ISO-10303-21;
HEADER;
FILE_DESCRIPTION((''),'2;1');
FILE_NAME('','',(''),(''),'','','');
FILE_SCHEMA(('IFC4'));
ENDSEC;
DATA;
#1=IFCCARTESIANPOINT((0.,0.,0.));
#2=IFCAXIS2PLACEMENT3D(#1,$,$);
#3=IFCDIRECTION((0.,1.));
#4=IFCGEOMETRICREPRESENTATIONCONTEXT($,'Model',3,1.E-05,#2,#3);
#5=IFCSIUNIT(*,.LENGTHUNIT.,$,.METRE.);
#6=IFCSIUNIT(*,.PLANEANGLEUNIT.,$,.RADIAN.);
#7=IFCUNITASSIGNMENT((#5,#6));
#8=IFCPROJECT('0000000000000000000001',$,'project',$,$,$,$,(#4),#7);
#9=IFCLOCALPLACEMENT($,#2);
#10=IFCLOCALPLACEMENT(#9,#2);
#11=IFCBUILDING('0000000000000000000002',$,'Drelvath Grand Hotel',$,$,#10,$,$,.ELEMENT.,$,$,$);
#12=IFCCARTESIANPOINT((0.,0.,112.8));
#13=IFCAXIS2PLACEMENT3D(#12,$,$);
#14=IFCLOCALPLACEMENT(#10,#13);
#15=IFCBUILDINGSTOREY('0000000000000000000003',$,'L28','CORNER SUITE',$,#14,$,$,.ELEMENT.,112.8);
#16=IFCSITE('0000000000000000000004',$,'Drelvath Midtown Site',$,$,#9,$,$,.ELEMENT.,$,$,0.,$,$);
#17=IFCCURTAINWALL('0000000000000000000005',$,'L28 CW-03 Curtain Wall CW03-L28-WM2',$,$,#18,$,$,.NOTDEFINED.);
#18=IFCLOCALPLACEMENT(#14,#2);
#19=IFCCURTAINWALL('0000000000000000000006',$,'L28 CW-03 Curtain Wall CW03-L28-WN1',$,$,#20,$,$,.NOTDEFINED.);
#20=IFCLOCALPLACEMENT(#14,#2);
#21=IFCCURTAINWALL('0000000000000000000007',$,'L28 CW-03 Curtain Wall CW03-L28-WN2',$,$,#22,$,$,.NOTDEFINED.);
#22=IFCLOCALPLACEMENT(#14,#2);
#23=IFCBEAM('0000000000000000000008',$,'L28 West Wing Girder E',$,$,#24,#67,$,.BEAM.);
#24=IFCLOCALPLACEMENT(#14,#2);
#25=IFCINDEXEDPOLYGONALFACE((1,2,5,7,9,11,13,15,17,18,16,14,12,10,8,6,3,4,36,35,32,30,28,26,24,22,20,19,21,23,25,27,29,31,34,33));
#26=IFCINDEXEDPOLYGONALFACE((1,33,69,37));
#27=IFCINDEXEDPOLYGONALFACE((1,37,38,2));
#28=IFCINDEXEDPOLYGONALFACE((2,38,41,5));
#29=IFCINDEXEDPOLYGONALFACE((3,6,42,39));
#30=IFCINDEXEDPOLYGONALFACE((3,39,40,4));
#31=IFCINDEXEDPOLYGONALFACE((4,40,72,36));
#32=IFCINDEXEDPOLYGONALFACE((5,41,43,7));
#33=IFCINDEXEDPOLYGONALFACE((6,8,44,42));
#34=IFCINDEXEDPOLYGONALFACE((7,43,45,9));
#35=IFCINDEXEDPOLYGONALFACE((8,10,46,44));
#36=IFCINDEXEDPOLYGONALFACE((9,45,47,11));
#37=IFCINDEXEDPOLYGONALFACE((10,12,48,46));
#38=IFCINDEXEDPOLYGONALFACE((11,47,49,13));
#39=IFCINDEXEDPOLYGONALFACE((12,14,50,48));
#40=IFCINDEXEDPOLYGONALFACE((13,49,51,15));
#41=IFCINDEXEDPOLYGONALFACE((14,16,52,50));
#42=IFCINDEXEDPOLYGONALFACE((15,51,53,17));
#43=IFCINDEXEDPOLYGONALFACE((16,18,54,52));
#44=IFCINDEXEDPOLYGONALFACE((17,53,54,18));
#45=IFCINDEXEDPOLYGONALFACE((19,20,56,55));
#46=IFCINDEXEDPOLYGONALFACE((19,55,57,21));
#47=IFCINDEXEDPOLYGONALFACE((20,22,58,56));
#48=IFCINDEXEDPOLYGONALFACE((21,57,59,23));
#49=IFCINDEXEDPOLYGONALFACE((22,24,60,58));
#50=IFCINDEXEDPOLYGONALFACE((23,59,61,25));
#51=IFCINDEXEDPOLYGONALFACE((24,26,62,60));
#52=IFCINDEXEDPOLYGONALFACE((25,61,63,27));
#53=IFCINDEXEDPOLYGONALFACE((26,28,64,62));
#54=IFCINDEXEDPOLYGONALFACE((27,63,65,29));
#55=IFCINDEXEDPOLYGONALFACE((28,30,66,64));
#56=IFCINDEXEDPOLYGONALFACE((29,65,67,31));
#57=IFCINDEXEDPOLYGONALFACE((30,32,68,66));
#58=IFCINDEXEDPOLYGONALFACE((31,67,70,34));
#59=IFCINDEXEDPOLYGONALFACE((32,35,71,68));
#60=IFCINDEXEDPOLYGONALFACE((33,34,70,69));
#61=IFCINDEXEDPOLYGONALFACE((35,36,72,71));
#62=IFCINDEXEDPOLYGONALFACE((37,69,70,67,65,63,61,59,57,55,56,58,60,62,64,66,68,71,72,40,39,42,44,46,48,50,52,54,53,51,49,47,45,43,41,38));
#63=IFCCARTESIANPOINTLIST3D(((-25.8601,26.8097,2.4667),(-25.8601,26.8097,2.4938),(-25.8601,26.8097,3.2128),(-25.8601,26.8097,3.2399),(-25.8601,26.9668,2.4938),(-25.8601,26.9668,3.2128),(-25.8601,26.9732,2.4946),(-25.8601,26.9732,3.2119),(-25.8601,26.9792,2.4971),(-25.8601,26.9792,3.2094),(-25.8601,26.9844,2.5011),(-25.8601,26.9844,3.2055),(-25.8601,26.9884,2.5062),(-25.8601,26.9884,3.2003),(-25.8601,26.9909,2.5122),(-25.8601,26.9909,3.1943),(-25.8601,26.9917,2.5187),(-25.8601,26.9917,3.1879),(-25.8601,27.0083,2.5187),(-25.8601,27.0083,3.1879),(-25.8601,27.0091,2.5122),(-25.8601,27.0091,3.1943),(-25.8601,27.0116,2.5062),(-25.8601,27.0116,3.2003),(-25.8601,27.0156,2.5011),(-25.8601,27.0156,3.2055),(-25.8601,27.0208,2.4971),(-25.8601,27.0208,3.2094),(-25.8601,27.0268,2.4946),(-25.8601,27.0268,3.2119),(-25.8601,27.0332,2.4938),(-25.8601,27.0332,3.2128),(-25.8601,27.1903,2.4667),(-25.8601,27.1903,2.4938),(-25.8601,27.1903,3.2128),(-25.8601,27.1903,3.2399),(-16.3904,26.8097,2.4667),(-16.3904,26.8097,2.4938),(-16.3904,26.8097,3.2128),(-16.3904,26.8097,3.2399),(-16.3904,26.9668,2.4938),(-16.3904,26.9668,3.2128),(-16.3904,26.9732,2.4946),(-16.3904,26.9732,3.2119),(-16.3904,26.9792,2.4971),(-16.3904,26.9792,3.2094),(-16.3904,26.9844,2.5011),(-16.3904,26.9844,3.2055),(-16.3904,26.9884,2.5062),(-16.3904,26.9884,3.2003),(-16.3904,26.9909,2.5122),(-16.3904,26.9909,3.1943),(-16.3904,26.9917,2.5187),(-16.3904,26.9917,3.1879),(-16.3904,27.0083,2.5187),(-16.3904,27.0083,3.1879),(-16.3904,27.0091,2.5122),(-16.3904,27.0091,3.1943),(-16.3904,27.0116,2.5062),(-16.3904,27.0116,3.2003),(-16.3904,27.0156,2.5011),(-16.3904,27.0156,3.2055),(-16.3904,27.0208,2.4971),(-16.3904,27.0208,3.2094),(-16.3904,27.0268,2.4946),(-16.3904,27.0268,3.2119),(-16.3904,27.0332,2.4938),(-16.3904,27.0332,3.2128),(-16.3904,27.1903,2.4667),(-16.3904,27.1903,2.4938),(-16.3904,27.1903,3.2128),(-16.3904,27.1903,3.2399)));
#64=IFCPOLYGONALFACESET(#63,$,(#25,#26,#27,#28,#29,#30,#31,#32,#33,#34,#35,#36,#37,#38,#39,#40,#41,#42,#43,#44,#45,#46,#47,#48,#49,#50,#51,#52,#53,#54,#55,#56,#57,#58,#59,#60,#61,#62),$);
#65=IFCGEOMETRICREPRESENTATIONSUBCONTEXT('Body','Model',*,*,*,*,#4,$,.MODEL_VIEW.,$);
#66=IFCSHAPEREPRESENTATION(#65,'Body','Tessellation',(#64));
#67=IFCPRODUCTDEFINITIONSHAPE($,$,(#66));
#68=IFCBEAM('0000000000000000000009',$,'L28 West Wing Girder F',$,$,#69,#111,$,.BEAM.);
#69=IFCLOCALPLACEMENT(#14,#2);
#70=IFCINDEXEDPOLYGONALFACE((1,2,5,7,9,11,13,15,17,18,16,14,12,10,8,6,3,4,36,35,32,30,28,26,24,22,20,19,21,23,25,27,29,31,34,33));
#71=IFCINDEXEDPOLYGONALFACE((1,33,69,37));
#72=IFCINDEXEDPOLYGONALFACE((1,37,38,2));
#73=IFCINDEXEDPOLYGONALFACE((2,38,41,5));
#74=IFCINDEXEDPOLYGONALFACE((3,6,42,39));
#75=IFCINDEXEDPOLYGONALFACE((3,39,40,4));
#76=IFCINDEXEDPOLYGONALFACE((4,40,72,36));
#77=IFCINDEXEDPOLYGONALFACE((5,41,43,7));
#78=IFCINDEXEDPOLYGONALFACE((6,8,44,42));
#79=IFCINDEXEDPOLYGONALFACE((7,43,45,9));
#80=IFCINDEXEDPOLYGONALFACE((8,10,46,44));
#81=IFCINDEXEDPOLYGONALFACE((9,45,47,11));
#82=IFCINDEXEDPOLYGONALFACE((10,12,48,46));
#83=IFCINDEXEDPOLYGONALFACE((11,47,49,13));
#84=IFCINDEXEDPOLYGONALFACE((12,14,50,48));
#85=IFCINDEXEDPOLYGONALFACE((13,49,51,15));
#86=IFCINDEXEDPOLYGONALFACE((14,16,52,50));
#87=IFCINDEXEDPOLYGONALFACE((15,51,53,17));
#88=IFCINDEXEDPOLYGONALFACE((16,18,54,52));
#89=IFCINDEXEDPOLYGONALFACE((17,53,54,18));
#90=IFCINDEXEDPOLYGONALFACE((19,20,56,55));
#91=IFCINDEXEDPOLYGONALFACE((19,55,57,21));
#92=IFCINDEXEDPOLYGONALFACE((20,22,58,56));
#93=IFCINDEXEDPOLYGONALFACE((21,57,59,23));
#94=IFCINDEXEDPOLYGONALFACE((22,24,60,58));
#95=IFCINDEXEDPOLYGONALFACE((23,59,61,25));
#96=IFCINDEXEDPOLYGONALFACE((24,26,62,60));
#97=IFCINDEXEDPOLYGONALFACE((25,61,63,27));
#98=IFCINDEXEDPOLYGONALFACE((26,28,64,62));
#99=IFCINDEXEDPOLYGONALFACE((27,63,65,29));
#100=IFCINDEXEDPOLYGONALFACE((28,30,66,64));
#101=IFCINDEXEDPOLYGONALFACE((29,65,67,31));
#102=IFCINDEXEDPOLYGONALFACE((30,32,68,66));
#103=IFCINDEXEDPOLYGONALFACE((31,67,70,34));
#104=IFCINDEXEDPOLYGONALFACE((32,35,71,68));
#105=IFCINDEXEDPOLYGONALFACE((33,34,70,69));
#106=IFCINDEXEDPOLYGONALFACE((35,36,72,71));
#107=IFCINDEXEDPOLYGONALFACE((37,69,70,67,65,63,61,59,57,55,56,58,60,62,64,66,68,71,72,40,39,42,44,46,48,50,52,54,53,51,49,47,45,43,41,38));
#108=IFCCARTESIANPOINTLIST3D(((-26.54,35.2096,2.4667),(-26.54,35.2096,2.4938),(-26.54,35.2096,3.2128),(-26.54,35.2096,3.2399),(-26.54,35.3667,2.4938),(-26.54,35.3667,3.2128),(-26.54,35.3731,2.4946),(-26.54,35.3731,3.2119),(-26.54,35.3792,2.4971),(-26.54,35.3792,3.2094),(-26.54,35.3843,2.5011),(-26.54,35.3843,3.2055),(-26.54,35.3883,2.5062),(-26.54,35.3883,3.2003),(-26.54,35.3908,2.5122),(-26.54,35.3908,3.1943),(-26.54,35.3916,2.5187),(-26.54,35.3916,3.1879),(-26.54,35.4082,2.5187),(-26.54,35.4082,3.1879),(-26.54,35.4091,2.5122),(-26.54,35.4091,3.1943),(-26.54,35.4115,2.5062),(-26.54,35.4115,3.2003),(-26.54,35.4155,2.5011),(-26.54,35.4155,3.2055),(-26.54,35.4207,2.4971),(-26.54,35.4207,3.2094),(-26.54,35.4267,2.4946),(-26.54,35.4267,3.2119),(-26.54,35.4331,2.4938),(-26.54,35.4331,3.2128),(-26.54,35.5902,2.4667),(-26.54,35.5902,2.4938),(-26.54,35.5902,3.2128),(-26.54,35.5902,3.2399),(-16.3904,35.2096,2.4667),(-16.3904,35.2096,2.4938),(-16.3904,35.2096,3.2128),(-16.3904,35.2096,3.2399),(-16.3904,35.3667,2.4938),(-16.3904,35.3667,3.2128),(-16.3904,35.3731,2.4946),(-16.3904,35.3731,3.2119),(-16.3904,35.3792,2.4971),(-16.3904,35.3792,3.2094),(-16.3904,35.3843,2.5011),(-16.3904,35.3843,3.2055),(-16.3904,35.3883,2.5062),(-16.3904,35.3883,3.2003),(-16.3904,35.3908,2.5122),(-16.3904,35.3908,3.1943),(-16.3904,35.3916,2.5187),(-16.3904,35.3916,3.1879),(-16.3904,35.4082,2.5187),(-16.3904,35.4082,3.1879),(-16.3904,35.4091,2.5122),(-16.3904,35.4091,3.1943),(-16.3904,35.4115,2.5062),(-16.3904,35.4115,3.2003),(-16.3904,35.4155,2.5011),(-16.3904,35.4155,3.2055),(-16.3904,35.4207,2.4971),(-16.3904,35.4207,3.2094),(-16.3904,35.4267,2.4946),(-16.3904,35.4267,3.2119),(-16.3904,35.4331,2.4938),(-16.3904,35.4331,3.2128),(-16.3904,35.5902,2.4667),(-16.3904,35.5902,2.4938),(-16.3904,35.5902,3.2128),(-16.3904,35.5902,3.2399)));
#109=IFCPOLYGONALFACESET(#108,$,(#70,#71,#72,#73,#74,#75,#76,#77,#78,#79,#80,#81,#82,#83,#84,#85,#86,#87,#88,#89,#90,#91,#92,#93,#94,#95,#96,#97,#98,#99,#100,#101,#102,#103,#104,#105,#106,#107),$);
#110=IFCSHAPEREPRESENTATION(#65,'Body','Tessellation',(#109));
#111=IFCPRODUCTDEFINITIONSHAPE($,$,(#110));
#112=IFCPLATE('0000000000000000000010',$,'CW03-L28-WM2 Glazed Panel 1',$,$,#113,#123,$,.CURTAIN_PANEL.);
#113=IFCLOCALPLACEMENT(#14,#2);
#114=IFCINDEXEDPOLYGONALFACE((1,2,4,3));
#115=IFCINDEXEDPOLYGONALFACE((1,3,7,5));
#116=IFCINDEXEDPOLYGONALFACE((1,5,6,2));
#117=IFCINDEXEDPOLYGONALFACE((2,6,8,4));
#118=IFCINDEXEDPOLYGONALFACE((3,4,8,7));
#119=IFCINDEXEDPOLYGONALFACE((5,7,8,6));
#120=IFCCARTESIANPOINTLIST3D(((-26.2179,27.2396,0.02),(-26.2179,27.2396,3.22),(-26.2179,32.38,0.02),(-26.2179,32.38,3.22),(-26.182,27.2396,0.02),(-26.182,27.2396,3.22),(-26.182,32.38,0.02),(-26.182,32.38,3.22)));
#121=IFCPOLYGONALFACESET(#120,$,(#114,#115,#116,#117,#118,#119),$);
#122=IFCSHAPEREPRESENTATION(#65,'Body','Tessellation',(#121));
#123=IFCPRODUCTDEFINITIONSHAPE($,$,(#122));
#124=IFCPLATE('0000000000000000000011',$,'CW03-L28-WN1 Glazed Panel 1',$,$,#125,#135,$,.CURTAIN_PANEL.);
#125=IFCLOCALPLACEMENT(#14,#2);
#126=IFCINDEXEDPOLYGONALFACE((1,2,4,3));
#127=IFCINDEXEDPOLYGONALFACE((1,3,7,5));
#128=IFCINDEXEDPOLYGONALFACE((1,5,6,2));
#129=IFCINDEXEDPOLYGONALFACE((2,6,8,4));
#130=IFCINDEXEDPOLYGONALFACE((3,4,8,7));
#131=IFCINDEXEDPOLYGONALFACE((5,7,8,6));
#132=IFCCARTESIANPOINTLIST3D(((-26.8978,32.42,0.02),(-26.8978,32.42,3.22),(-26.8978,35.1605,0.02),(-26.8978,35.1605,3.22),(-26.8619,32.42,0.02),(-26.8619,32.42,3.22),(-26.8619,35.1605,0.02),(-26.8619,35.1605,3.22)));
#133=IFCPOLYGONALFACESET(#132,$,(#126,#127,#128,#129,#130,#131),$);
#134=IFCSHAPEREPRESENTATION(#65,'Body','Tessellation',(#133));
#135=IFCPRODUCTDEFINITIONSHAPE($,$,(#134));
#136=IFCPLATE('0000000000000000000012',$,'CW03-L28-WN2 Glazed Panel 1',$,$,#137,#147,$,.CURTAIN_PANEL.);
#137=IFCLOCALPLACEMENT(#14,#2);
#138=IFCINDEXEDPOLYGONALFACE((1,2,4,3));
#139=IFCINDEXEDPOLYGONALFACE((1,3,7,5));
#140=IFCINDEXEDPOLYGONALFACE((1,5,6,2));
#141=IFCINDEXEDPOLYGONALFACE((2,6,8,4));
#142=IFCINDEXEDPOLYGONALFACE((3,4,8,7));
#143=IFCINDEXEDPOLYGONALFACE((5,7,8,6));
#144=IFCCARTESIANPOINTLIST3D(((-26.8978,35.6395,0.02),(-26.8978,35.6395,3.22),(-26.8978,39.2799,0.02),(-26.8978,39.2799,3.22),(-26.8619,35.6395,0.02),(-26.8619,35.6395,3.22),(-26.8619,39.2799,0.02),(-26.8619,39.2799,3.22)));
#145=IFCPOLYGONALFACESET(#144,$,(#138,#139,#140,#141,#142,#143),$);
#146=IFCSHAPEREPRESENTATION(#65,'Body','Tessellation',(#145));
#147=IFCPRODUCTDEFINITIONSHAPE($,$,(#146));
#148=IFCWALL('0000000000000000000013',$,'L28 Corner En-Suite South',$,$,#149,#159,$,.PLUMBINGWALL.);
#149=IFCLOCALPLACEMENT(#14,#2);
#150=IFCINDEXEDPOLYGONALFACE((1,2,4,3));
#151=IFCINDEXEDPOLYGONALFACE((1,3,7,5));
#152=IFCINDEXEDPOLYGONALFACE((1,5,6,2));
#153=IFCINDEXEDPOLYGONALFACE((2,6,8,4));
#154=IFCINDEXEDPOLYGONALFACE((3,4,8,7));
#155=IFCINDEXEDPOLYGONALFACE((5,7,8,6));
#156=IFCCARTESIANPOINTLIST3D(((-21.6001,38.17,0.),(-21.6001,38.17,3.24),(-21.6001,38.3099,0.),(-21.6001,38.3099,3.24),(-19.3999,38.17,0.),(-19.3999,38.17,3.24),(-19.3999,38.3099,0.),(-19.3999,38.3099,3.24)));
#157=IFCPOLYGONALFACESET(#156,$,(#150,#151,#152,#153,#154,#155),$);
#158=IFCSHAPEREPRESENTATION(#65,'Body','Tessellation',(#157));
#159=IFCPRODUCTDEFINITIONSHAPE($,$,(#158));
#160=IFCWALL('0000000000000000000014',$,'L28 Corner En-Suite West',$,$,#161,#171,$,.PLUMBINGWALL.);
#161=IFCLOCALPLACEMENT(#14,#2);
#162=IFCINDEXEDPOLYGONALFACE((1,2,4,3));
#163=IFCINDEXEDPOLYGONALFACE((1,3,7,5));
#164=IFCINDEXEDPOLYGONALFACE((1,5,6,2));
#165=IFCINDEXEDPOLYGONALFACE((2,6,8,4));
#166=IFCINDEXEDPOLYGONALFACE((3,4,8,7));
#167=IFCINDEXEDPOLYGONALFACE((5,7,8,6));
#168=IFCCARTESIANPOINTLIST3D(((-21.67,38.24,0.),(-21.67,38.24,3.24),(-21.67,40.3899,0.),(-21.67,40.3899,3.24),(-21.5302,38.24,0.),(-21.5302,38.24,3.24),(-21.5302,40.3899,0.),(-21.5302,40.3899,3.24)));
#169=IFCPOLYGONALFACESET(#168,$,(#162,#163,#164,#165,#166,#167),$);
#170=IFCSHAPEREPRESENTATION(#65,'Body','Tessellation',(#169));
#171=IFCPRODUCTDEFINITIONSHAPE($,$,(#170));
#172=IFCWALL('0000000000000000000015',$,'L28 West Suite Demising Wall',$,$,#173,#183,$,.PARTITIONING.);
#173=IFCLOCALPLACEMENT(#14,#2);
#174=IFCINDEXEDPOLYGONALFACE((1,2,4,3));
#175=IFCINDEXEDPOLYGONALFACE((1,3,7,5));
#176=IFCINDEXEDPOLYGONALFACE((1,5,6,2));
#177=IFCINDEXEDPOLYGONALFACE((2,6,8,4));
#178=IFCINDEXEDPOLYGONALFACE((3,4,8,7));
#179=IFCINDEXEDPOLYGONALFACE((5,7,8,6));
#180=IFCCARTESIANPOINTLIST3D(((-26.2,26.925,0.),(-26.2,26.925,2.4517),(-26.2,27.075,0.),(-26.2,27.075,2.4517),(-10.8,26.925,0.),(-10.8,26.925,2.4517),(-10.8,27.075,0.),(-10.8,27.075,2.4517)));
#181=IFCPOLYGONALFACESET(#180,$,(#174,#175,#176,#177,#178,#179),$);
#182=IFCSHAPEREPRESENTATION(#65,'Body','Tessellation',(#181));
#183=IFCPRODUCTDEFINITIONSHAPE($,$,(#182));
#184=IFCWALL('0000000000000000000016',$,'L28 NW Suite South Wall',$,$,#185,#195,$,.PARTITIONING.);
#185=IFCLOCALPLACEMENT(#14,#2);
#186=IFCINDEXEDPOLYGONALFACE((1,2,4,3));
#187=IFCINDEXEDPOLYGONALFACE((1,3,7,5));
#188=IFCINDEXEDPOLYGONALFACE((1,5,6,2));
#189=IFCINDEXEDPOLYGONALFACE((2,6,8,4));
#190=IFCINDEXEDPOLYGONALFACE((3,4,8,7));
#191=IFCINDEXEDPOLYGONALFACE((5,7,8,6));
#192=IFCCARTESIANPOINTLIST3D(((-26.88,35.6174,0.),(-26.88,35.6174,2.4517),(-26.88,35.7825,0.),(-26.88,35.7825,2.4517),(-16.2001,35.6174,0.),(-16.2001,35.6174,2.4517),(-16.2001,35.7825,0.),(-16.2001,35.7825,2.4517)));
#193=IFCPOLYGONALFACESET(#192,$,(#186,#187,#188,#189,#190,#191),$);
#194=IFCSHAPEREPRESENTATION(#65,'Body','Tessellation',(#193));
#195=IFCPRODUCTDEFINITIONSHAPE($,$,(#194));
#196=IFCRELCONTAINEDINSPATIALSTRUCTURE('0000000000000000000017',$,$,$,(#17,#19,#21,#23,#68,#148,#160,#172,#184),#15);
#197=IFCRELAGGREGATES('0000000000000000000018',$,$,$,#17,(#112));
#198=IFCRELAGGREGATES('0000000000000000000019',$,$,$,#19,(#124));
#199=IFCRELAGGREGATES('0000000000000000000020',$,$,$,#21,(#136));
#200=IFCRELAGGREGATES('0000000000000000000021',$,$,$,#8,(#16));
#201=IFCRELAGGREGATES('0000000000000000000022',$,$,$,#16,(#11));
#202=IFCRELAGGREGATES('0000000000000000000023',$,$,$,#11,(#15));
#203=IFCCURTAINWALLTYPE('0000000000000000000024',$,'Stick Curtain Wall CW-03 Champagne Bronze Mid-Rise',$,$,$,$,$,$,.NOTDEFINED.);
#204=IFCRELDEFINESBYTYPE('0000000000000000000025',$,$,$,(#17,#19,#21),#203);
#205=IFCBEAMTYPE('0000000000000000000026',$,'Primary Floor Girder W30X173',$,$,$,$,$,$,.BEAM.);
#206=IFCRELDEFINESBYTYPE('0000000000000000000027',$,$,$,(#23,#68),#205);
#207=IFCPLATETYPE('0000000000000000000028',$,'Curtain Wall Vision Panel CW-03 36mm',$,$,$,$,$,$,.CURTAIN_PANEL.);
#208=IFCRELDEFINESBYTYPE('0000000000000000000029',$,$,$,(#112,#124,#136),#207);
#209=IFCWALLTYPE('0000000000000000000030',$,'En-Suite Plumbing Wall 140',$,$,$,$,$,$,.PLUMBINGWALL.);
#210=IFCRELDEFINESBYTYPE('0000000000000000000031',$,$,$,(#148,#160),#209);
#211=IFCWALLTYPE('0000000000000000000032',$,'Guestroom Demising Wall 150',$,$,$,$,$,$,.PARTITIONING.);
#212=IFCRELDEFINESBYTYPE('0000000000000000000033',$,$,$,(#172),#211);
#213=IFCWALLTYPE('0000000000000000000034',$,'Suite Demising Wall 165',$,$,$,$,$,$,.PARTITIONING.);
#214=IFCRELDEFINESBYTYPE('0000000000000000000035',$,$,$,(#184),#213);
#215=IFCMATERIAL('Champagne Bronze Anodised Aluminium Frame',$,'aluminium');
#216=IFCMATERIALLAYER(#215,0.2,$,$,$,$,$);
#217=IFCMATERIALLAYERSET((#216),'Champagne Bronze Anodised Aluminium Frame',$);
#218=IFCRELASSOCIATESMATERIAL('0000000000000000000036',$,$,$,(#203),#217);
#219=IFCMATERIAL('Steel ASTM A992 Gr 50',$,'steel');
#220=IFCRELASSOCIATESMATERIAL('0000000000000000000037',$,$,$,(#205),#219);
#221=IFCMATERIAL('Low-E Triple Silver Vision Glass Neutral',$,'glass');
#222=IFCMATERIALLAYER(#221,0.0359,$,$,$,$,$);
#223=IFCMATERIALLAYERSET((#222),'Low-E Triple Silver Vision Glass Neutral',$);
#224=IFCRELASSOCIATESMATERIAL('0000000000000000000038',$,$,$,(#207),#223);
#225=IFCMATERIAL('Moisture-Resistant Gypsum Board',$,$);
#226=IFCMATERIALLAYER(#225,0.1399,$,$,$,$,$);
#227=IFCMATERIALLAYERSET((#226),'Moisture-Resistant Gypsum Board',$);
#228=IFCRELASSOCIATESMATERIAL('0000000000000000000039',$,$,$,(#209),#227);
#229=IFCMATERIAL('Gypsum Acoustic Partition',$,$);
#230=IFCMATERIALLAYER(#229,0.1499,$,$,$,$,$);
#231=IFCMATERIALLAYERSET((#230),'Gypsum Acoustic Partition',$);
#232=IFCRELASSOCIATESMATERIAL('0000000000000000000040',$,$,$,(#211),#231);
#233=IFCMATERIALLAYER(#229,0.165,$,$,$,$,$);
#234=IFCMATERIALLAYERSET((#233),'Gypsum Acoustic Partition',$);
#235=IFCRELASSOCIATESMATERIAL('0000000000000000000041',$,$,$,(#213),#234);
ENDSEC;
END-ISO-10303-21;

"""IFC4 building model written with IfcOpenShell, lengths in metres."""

from ifc_helpers import new_model, si_unit, direction, frame, frame_2d, origin, origin_2d, place, context, subcontext, project, spatial, rectangle, i_section, extrude, material, layer, layer_set, material_profile, profile_set, type_object, element, aggregate, save


model = new_model("IFC4")

# Units and contexts
model_context = context("Model", 3, precision=1e-05, world=origin(), true_north=direction((0.0, 1.0)))
body_context = subcontext(model_context, "Body", "Model", "MODEL_VIEW")
ifc_project = project(units=[si_unit("LENGTHUNIT", "METRE"), si_unit("PLANEANGLEUNIT", "RADIAN")], contexts=[model_context])

# Site, building, storey
site_placement = place(None, origin())
site = spatial("IfcSite", under=ifc_project, at=site_placement, Name="Drelvath Midtown Site", CompositionType="ELEMENT", RefElevation=0.0)
building_placement = place(site_placement, origin())
building = spatial("IfcBuilding", under=site, at=building_placement, Name="Drelvath Grand Hotel", CompositionType="ELEMENT")
storey_placement = place(building_placement, frame((0.0, 0.0, 112.8)))
storey = spatial("IfcBuildingStorey", under=building, at=storey_placement, Name="L28", Description="CORNER SUITE", CompositionType="ELEMENT", Elevation=112.8)

# Curtain walls
ifc_material_1 = material(Name="Champagne Bronze Anodised Aluminium Frame", Category="aluminium")
ifc_layer_1 = layer(ifc_material_1, 0.2)
ifc_layer_set_1 = layer_set([ifc_layer_1], Name="Champagne Bronze Anodised Aluminium Frame")
curtain_wall_type = type_object("IfcCurtainWallType", Name="Stick Curtain Wall CW-03 Champagne Bronze Mid-Rise", PredefinedType="NOTDEFINED", material=ifc_layer_set_1)
curtain_wall_1_placement = place(storey_placement, origin())
curtain_wall_1 = element("IfcCurtainWall", 1, at=curtain_wall_1_placement, inside=storey, type_object=curtain_wall_type, Name="L28 CW-03 Curtain Wall CW03-L28-WM2", PredefinedType="NOTDEFINED")
curtain_wall_2_placement = place(storey_placement, origin())
curtain_wall_2 = element("IfcCurtainWall", 2, at=curtain_wall_2_placement, inside=storey, type_object=curtain_wall_type, Name="L28 CW-03 Curtain Wall CW03-L28-WN1", PredefinedType="NOTDEFINED")
curtain_wall_3_placement = place(storey_placement, origin())
curtain_wall_3 = element("IfcCurtainWall", 3, at=curtain_wall_3_placement, inside=storey, type_object=curtain_wall_type, Name="L28 CW-03 Curtain Wall CW03-L28-WN2", PredefinedType="NOTDEFINED")

# Beams
ifc_material_2 = material(Name="Steel ASTM A992 Gr 50", Category="steel")
ifc_material_profile_1 = material_profile(ifc_material_2, i_section(OverallWidth=0.3806, OverallDepth=0.7732, WebThickness=0.0166, FlangeThickness=0.0271, FilletRadius=0.0249, at=origin_2d()), Name="W30X173")
ifc_profile_set_1 = profile_set([ifc_material_profile_1], Name="Steel ASTM A992 Gr 50")
beam_type_1 = type_object("IfcBeamType", Name="Primary Floor Girder W30X173", PredefinedType="BEAM", material=ifc_profile_set_1)
beam_1_placement = place(storey_placement, frame((-25.8601, 27.0, 2.8533), z_axis=(1.0, 0.0, 0.0), x_axis=(0.0, 1.0, 0.0)))
element("IfcBeam", 4, at=beam_1_placement, inside=storey, type_object=beam_type_1, Name="L28 West Wing Girder E", PredefinedType="BEAM", context=body_context, shape_type="SweptSolid", body=[
    extrude(i_section(OverallWidth=0.3806, OverallDepth=0.7732, WebThickness=0.0166, FlangeThickness=0.0271, FilletRadius=0.0249, at=origin_2d()), origin(), (0.0, 0.0, 1.0), 9.4697),
])
beam_2_placement = place(storey_placement, frame((-26.54, 35.3999, 2.8533), z_axis=(1.0, 0.0, 0.0), x_axis=(0.0, 1.0, 0.0)))
element("IfcBeam", 5, at=beam_2_placement, inside=storey, type_object=beam_type_1, Name="L28 West Wing Girder F", PredefinedType="BEAM", context=body_context, shape_type="SweptSolid", body=[
    extrude(i_section(OverallWidth=0.3806, OverallDepth=0.7732, WebThickness=0.0166, FlangeThickness=0.0271, FilletRadius=0.0249, at=origin_2d()), origin(), (0.0, 0.0, 1.0), 10.1497),
])

# Plates
ifc_material_3 = material(Name="Low-E Triple Silver Vision Glass Neutral", Category="glass")
ifc_layer_2 = layer(ifc_material_3, 0.0359)
ifc_layer_set_2 = layer_set([ifc_layer_2], Name="Low-E Triple Silver Vision Glass Neutral")
plate_type = type_object("IfcPlateType", Name="Curtain Wall Vision Panel CW-03 36mm", PredefinedType="CURTAIN_PANEL", material=ifc_layer_set_2)
plate_1_placement = place(storey_placement, frame((-26.2, 29.8098, 0.02), z_axis=(0.0, 0.0, 1.0), x_axis=(0.0, 1.0, 0.0)))
plate_1 = element("IfcPlate", 6, at=plate_1_placement, type_object=plate_type, Name="CW03-L28-WM2 Glazed Panel 1", PredefinedType="CURTAIN_PANEL", context=body_context, shape_type="SweptSolid", body=[
    extrude(rectangle(XDim=5.1404, YDim=0.0359, at=origin_2d()), origin(), (0.0, 0.0, 1.0), 3.2),
])
aggregate(curtain_wall_1, [plate_1])
plate_2_placement = place(storey_placement, frame((-26.8799, 33.7903, 0.02), z_axis=(0.0, 0.0, 1.0), x_axis=(0.0, 1.0, 0.0)))
plate_2 = element("IfcPlate", 7, at=plate_2_placement, type_object=plate_type, Name="CW03-L28-WN1 Glazed Panel 1", PredefinedType="CURTAIN_PANEL", context=body_context, shape_type="SweptSolid", body=[
    extrude(rectangle(XDim=2.7405, YDim=0.0359, at=origin_2d()), origin(), (0.0, 0.0, 1.0), 3.2),
])
aggregate(curtain_wall_2, [plate_2])
plate_3_placement = place(storey_placement, frame((-26.8799, 37.4597, 0.02), z_axis=(0.0, 0.0, 1.0), x_axis=(0.0, 1.0, 0.0)))
plate_3 = element("IfcPlate", 8, at=plate_3_placement, type_object=plate_type, Name="CW03-L28-WN2 Glazed Panel 1", PredefinedType="CURTAIN_PANEL", context=body_context, shape_type="SweptSolid", body=[
    extrude(rectangle(XDim=3.6404, YDim=0.0359, at=origin_2d()), origin(), (0.0, 0.0, 1.0), 3.2),
])
aggregate(curtain_wall_3, [plate_3])

# Walls
ifc_material_4 = material(Name="Moisture-Resistant Gypsum Board")
ifc_layer_3 = layer(ifc_material_4, 0.1399)
ifc_layer_set_3 = layer_set([ifc_layer_3], Name="Moisture-Resistant Gypsum Board")
wall_type_1 = type_object("IfcWallType", Name="En-Suite Plumbing Wall 140", PredefinedType="PLUMBINGWALL", material=ifc_layer_set_3)
wall_1_placement = place(storey_placement, frame((-21.6001, 38.24, 0.0), z_axis=(0.0, 0.0, 1.0), x_axis=(1.0, 0.0, 0.0)))
element("IfcWall", 9, at=wall_1_placement, inside=storey, type_object=wall_type_1, Name="L28 Corner En-Suite South", PredefinedType="PLUMBINGWALL", context=body_context, shape_type="SweptSolid", body=[
    extrude(rectangle(XDim=2.2002, YDim=0.1399, at=frame_2d((1.1001, 0.0))), origin(), (0.0, 0.0, 1.0), 3.24),
])
wall_2_placement = place(storey_placement, frame((-21.6001, 38.24, 0.0), z_axis=(0.0, 0.0, 1.0), x_axis=(0.0, 1.0, 0.0)))
element("IfcWall", 10, at=wall_2_placement, inside=storey, type_object=wall_type_1, Name="L28 Corner En-Suite West", PredefinedType="PLUMBINGWALL", context=body_context, shape_type="SweptSolid", body=[
    extrude(rectangle(XDim=2.1499, YDim=0.1399, at=frame_2d((1.075, 0.0))), origin(), (0.0, 0.0, 1.0), 3.24),
])
ifc_material_5 = material(Name="Gypsum Acoustic Partition")
ifc_layer_4 = layer(ifc_material_5, 0.1499)
ifc_layer_set_4 = layer_set([ifc_layer_4], Name="Gypsum Acoustic Partition")
wall_type_2 = type_object("IfcWallType", Name="Guestroom Demising Wall 150", PredefinedType="PARTITIONING", material=ifc_layer_set_4)
wall_3_placement = place(storey_placement, frame((-26.2, 27.0, 0.0), z_axis=(0.0, 0.0, 1.0), x_axis=(1.0, 0.0, 0.0)))
element("IfcWall", 11, at=wall_3_placement, inside=storey, type_object=wall_type_2, Name="L28 West Suite Demising Wall", PredefinedType="PARTITIONING", context=body_context, shape_type="SweptSolid", body=[
    extrude(rectangle(XDim=15.3999, YDim=0.1499, at=frame_2d((7.7, 0.0))), origin(), (0.0, 0.0, 1.0), 2.4517),
])
ifc_layer_5 = layer(ifc_material_5, 0.165)
ifc_layer_set_5 = layer_set([ifc_layer_5], Name="Gypsum Acoustic Partition")
wall_type_3 = type_object("IfcWallType", Name="Suite Demising Wall 165", PredefinedType="PARTITIONING", material=ifc_layer_set_5)
wall_4_placement = place(storey_placement, frame((-26.8799, 35.7, 0.0), z_axis=(0.0, 0.0, 1.0), x_axis=(1.0, 0.0, 0.0)))
element("IfcWall", 12, at=wall_4_placement, inside=storey, type_object=wall_type_3, Name="L28 NW Suite South Wall", PredefinedType="PARTITIONING", context=body_context, shape_type="SweptSolid", body=[
    extrude(rectangle(XDim=10.6799, YDim=0.165, at=frame_2d((5.3398, 0.0))), origin(), (0.0, 0.0, 1.0), 2.4517),
])

save(model, "model.ifc")
